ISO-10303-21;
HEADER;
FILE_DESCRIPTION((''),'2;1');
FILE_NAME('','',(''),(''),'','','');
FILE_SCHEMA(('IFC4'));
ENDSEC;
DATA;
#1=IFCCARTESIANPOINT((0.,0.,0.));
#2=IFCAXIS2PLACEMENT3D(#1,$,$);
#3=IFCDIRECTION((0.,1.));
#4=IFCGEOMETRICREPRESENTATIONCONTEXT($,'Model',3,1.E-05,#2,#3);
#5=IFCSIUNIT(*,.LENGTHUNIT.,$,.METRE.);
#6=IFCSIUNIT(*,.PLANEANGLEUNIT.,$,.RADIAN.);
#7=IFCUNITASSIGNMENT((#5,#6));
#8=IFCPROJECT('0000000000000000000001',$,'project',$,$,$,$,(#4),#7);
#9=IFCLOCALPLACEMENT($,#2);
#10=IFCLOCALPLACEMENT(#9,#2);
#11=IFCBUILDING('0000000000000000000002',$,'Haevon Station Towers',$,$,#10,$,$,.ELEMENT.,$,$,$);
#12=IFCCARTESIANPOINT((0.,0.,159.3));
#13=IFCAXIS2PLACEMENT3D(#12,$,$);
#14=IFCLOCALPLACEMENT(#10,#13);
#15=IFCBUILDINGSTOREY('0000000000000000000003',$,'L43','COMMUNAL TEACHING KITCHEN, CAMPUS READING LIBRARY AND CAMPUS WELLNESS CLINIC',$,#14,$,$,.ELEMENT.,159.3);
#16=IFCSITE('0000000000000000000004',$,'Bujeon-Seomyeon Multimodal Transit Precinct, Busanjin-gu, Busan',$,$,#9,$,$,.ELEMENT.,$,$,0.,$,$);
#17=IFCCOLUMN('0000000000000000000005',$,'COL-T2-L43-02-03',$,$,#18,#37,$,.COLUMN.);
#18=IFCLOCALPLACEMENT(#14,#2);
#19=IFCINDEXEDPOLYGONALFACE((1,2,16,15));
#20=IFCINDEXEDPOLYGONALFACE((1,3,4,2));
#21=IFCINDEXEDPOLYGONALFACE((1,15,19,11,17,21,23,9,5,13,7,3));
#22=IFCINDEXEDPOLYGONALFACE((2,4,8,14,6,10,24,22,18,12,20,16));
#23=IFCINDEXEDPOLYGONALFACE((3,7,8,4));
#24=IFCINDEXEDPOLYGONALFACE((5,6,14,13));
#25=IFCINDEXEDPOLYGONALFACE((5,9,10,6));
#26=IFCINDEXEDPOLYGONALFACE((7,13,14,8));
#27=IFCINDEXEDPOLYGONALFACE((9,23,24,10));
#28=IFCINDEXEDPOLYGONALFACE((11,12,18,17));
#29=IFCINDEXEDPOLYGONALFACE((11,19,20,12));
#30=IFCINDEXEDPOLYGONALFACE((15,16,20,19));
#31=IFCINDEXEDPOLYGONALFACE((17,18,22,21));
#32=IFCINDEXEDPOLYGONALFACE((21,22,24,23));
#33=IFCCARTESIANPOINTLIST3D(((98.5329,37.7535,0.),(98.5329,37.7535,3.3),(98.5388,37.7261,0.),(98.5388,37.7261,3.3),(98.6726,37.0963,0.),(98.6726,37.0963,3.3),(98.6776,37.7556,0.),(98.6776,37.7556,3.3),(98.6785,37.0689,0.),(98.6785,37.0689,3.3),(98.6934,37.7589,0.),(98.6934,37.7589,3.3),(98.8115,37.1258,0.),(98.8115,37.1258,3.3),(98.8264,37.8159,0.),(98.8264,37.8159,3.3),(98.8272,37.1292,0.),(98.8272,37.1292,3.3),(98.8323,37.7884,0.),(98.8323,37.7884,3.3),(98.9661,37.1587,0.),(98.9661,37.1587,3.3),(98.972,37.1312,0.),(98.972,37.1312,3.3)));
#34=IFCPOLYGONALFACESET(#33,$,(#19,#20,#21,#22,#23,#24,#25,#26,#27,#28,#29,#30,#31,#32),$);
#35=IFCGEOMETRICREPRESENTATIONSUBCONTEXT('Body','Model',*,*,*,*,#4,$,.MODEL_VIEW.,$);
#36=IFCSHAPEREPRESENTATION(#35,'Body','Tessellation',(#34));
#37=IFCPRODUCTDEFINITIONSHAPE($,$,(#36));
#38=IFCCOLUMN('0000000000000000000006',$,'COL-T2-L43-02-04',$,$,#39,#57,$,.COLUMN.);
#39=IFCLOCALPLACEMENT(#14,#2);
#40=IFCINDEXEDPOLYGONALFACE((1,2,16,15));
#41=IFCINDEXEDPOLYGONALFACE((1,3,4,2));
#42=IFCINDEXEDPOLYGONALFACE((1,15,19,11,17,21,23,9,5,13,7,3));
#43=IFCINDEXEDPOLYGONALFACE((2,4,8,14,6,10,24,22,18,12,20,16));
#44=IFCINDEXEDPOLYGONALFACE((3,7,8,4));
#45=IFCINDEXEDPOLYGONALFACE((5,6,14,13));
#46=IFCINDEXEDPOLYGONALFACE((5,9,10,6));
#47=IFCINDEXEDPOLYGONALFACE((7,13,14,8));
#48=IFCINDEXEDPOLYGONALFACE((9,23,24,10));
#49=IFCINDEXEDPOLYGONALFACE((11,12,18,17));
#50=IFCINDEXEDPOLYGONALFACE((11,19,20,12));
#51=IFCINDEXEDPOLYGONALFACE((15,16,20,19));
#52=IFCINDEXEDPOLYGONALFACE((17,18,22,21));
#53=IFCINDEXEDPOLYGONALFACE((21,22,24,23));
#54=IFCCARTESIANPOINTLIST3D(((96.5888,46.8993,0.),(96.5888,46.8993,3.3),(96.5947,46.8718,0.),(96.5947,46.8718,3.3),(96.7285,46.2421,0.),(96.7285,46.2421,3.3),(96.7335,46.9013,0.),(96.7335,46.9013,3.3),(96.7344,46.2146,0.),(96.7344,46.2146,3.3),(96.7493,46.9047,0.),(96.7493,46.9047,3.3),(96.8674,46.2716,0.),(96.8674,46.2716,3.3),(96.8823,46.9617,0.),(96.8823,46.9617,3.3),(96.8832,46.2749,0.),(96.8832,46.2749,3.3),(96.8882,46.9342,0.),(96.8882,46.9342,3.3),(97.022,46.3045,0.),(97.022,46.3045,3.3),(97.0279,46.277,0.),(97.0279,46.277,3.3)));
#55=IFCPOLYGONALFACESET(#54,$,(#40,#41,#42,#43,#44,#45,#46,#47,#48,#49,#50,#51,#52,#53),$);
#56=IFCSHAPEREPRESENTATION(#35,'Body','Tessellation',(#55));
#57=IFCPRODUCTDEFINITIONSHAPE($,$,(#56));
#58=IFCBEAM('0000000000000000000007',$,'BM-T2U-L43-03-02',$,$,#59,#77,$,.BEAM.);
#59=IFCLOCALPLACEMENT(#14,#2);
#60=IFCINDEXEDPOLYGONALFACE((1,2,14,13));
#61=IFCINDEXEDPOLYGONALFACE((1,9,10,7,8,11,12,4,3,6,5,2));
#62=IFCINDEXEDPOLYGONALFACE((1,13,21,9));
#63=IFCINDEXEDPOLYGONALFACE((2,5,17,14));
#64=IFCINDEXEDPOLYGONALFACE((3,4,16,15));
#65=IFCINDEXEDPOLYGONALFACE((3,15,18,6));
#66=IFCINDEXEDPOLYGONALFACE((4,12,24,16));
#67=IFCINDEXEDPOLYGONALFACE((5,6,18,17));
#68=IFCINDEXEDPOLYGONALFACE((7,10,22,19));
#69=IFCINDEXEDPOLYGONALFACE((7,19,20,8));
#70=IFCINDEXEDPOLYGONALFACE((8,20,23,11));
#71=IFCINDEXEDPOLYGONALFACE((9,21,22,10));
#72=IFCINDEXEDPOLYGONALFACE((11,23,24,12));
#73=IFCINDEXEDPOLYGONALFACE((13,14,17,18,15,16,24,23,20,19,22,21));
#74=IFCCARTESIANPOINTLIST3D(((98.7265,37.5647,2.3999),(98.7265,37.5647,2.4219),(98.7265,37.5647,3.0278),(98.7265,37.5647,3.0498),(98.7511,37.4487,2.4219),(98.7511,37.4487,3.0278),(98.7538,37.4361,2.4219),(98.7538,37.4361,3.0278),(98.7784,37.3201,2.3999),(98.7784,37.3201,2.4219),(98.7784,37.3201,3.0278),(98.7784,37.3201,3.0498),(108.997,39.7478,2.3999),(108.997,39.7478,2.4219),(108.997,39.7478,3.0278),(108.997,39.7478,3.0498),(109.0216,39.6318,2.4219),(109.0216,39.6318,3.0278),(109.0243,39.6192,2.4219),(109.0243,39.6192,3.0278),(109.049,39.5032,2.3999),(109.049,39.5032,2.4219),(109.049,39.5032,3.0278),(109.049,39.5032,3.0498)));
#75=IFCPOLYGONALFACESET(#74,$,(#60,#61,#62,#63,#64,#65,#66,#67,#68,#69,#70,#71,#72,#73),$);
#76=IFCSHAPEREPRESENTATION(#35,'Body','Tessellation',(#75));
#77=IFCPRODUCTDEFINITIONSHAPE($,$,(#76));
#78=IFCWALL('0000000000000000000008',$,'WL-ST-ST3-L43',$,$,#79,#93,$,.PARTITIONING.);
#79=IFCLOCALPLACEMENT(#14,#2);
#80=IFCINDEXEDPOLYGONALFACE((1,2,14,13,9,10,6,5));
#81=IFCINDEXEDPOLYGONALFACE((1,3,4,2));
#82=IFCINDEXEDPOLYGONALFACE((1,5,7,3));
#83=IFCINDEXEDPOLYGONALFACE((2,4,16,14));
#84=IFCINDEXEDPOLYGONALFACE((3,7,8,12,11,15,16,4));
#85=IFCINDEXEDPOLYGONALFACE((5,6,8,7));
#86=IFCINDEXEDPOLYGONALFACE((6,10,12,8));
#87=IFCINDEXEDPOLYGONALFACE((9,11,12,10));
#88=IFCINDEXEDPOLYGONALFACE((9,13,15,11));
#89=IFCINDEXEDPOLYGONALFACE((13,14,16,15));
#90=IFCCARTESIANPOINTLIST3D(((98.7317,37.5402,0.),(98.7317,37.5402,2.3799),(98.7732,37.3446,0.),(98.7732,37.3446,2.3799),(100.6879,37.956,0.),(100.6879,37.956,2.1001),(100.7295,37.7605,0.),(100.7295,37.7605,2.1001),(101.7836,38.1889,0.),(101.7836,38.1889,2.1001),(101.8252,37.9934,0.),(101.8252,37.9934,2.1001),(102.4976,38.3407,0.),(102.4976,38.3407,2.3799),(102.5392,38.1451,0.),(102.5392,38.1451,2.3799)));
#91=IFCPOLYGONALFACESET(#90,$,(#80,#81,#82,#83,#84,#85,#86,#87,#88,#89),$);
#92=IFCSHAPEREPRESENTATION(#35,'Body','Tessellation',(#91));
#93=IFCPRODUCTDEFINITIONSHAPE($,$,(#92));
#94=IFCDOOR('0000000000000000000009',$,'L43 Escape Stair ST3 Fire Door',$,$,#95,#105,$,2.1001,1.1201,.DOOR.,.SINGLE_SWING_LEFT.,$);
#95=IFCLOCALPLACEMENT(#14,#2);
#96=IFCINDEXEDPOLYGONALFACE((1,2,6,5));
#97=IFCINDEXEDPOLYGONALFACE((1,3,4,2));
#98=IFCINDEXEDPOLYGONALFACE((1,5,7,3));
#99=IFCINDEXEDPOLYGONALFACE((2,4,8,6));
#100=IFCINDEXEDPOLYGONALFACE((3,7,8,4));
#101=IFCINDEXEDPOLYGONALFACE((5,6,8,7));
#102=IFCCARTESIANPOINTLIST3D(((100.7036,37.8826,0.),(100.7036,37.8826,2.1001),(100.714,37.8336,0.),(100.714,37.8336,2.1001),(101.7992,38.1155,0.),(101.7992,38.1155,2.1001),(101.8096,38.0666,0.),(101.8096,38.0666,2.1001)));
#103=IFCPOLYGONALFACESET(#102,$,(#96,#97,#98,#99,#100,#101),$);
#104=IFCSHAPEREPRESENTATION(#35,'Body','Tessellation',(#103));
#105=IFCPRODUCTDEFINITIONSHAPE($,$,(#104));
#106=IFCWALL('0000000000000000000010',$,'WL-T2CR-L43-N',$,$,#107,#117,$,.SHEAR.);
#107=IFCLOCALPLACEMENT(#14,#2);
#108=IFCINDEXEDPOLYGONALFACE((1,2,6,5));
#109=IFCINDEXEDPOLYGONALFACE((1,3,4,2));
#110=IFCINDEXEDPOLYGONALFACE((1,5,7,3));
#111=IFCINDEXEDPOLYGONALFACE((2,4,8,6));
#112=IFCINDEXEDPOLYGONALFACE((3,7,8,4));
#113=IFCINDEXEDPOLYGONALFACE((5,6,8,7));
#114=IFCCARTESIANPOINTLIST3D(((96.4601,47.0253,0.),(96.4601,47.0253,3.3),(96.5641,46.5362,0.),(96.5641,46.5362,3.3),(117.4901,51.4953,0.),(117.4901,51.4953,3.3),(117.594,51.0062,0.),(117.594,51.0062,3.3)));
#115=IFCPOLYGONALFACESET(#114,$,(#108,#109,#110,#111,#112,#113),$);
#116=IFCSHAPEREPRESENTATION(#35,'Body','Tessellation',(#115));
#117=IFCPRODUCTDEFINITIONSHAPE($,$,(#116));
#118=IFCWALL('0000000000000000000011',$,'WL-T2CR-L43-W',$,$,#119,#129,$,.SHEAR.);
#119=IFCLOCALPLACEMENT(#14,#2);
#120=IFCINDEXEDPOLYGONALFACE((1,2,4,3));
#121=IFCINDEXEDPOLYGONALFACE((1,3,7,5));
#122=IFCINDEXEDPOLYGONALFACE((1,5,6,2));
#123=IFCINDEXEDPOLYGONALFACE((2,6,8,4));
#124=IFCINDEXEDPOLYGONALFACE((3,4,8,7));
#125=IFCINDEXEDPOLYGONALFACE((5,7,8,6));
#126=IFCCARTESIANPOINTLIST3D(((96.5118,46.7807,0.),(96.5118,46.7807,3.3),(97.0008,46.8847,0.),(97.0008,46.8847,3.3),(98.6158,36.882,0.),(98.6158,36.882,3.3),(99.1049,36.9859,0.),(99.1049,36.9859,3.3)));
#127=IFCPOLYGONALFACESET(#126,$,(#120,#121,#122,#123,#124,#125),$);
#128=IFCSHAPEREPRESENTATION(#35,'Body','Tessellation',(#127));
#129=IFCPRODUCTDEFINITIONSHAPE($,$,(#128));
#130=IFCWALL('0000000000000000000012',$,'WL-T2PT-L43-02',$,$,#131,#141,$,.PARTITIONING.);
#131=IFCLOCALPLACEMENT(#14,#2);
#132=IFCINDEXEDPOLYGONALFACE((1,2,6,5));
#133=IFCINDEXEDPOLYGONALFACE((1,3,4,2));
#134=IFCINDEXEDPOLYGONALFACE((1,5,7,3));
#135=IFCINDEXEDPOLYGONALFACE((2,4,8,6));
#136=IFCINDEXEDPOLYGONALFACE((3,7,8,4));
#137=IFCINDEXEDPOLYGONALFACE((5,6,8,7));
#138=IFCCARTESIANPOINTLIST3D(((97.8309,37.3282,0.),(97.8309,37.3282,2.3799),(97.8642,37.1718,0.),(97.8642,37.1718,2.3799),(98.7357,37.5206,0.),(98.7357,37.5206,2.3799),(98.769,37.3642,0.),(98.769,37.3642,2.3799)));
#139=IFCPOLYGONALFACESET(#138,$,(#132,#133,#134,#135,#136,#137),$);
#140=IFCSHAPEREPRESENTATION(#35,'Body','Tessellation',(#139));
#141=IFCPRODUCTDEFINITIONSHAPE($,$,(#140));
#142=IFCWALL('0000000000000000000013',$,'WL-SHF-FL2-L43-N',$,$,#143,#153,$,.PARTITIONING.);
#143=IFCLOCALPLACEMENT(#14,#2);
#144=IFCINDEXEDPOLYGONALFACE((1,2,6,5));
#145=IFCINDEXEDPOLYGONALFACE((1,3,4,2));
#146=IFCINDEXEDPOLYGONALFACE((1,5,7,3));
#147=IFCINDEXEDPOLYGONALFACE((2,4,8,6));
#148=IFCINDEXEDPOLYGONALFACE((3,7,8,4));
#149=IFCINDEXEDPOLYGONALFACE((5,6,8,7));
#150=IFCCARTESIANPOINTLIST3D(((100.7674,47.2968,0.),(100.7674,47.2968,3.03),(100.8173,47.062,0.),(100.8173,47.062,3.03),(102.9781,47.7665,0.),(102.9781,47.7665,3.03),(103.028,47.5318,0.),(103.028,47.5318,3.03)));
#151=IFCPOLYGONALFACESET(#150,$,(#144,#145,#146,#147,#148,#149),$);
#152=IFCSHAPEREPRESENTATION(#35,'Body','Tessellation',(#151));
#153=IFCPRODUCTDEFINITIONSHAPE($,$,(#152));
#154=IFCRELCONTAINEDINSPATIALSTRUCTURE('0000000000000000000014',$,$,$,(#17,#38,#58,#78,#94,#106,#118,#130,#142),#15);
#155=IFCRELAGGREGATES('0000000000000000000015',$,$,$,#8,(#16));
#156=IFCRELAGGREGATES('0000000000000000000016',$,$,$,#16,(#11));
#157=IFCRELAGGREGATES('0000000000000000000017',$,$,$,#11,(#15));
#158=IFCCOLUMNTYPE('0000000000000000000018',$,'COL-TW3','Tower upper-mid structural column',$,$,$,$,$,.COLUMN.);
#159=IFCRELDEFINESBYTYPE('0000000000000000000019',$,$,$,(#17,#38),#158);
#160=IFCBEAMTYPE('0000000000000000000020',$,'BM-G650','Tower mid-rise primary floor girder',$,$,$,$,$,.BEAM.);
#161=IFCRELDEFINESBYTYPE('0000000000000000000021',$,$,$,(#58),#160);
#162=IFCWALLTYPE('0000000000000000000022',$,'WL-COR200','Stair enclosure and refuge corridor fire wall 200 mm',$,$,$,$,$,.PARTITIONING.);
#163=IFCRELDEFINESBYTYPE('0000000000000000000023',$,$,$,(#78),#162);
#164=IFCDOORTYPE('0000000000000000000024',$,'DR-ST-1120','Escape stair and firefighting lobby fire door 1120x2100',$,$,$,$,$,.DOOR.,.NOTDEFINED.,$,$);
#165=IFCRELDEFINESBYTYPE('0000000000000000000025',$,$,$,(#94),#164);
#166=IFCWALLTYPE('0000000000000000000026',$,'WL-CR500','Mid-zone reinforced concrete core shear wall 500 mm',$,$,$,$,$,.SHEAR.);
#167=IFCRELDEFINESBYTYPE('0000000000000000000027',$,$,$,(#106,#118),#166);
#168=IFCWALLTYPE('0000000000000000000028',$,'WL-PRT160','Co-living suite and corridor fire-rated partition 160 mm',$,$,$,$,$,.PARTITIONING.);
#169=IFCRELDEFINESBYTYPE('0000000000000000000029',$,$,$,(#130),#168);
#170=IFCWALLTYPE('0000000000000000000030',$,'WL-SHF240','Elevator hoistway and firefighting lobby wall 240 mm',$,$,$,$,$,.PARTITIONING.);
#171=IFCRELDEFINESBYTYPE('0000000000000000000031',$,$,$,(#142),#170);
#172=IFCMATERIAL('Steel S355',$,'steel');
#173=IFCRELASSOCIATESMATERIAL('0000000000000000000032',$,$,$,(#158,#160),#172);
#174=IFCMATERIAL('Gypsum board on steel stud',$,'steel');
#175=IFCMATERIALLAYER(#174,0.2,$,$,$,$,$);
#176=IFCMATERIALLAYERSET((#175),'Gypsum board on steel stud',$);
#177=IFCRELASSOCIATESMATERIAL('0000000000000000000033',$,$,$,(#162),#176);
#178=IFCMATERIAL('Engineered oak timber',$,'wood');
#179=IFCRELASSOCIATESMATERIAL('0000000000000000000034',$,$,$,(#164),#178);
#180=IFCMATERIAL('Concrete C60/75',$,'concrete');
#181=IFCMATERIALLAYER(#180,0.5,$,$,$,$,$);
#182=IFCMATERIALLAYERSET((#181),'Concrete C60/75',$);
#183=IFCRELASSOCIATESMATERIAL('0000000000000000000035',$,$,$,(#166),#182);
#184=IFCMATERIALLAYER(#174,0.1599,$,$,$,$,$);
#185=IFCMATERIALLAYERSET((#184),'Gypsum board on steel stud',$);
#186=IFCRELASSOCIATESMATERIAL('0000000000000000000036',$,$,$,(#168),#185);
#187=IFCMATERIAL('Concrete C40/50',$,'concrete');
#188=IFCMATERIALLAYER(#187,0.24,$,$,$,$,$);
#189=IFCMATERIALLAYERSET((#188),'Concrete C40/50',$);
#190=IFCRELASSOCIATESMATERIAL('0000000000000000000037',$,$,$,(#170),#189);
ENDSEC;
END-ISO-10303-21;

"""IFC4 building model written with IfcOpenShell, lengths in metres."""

from ifc_helpers import new_model, si_unit, direction, frame, frame_2d, origin, origin_2d, place, context, subcontext, project, spatial, rectangle, i_section, extrude, material, layer, layer_set, material_profile, profile_set, type_object, element, fill, save


model = new_model("IFC4")

# Units and contexts
model_context = context("Model", 3, precision=1e-05, world=origin(), true_north=direction((0.0, 1.0)))
body_context = subcontext(model_context, "Body", "Model", "MODEL_VIEW")
ifc_project = project(units=[si_unit("LENGTHUNIT", "METRE"), si_unit("PLANEANGLEUNIT", "RADIAN")], contexts=[model_context])

# Site, building, storey
site_placement = place(None, origin())
site = spatial("IfcSite", under=ifc_project, at=site_placement, Name="Bujeon-Seomyeon Multimodal Transit Precinct, Busanjin-gu, Busan", CompositionType="ELEMENT", RefElevation=0.0)
building_placement = place(site_placement, origin())
building = spatial("IfcBuilding", under=site, at=building_placement, Name="Haevon Station Towers", CompositionType="ELEMENT")
storey_placement = place(building_placement, frame((0.0, 0.0, 159.3)))
storey = spatial("IfcBuildingStorey", under=building, at=storey_placement, Name="L43", Description="COMMUNAL TEACHING KITCHEN, CAMPUS READING LIBRARY AND CAMPUS WELLNESS CLINIC", CompositionType="ELEMENT", Elevation=159.3)

# Columns
ifc_material_1 = material(Name="Steel S355", Category="steel")
ifc_material_profile_1 = material_profile(ifc_material_1, i_section(OverallWidth=0.3, OverallDepth=0.7, WebThickness=0.0161, FlangeThickness=0.0281, at=origin_2d()), Name="H-700x300x16x28")
ifc_profile_set_1 = profile_set([ifc_material_profile_1], Name="Steel S355")
column_type = type_object("IfcColumnType", Name="COL-TW3", Description="Tower upper-mid structural column", PredefinedType="COLUMN", material=ifc_profile_set_1)
for number, where, z_axis, x_axis, name in (
    (1, (98.7524, 37.4424, 0.0), (0.0, 0.0, 1.0), (0.978148, 0.207912, 0.0), "COL-T2-L43-02-03"),
    (2, (96.8083, 46.5881, 0.0), (0.0, 0.0, 1.0), (0.978148, 0.207912, 0.0), "COL-T2-L43-02-04"),
):
    element("IfcColumn", number, at=place(storey_placement, frame(where, z_axis=z_axis, x_axis=x_axis)), inside=storey, type_object=column_type, Name=name, PredefinedType="COLUMN", context=body_context, shape_type="SweptSolid", body=[
        extrude(i_section(OverallWidth=0.3, OverallDepth=0.7, WebThickness=0.0161, FlangeThickness=0.0281, at=origin_2d()), origin(), (0.0, 0.0, 1.0), 3.3),
    ])

# Beam
ifc_material_profile_2 = material_profile(ifc_material_1, i_section(OverallWidth=0.25, OverallDepth=0.6499, WebThickness=0.0129, FlangeThickness=0.022, at=origin_2d()), Name="H-650x250x13x22")
ifc_profile_set_2 = profile_set([ifc_material_profile_2], Name="Steel S355")
beam_type = type_object("IfcBeamType", Name="BM-G650", Description="Tower mid-rise primary floor girder", PredefinedType="BEAM", material=ifc_profile_set_2)
beam_placement = place(storey_placement, frame((98.7524, 37.4424, 2.7249), z_axis=(0.978147, 0.207915, 0.0), x_axis=(-0.207915, 0.978147, 0.0)))
element("IfcBeam", 3, at=beam_placement, inside=storey, type_object=beam_type, Name="BM-T2U-L43-03-02", PredefinedType="BEAM", context=body_context, shape_type="SweptSolid", body=[
    extrude(i_section(OverallWidth=0.25, OverallDepth=0.6499, WebThickness=0.0129, FlangeThickness=0.022, at=origin_2d()), origin(), (0.0, 0.0, 1.0), 10.5),
])

# Wall, opening, door
ifc_material_2 = material(Name="Gypsum board on steel stud", Category="steel")
ifc_layer_1 = layer(ifc_material_2, 0.2)
ifc_layer_set_1 = layer_set([ifc_layer_1], Name="Gypsum board on steel stud")
wall_type_1 = type_object("IfcWallType", Name="WL-COR200", Description="Stair enclosure and refuge corridor fire wall 200 mm", PredefinedType="PARTITIONING", material=ifc_layer_set_1)
wall_1_placement = place(storey_placement, frame((98.7524, 37.4424, 0.0), z_axis=(0.0, 0.0, 1.0), x_axis=(0.978144, 0.207931, 0.0)))
wall_1 = element("IfcWall", 4, at=wall_1_placement, inside=storey, type_object=wall_type_1, Name="WL-ST-ST3-L43", PredefinedType="PARTITIONING", context=body_context, shape_type="SweptSolid", body=[
    extrude(rectangle(XDim=3.8501, YDim=0.2, at=frame_2d((1.925, 0.0))), origin(), (0.0, 0.0, 1.0), 2.3799),
])
opening_1_placement = place(wall_1_placement, frame((2.0, 0.0, 0.0)))
opening_1 = element("IfcOpeningElement", 5, at=opening_1_placement, cuts=wall_1, PredefinedType="OPENING", context=body_context, shape_type="SweptSolid", body=[
    extrude(rectangle(XDim=1.1201, YDim=2.1001, at=frame_2d((0.5601, 1.05))), frame((0.0, 0.1099, 0.0), z_axis=(0.0, -1.0, 0.0), x_axis=(1.0, 0.0, 0.0)), (0.0, 0.0, 1.0), 0.22),
])
ifc_material_3 = material(Name="Engineered oak timber", Category="wood")
door_type_1 = type_object("IfcDoorType", Name="DR-ST-1120", Description="Escape stair and firefighting lobby fire door 1120x2100", OperationType="NOTDEFINED", PredefinedType="DOOR", material=ifc_material_3)
door_1_placement = place(opening_1_placement, origin())
door_1 = element("IfcDoor", 6, at=door_1_placement, inside=storey, type_object=door_type_1, Name="L43 Escape Stair ST3 Fire Door", OperationType="SINGLE_SWING_LEFT", OverallHeight=2.1001, OverallWidth=1.1201, PredefinedType="DOOR", context=body_context, shape_type="SweptSolid", body=[
    extrude(rectangle(XDim=1.1201, YDim=2.1001, at=frame_2d((0.5601, 1.05))), frame((0.0, 0.0249, 0.0), z_axis=(0.0, -1.0, 0.0), x_axis=(1.0, 0.0, 0.0)), (0.0, 0.0, 1.0), 0.05),
])
fill(opening_1, door_1)

# Walls
ifc_material_4 = material(Name="Concrete C60/75", Category="concrete")
ifc_layer_2 = layer(ifc_material_4, 0.5)
ifc_layer_set_2 = layer_set([ifc_layer_2], Name="Concrete C60/75")
wall_type_2 = type_object("IfcWallType", Name="WL-CR500", Description="Mid-zone reinforced concrete core shear wall 500 mm", PredefinedType="SHEAR", material=ifc_layer_set_2)
wall_2_placement = place(storey_placement, frame((96.512, 46.7808, 0.0), z_axis=(0.0, 0.0, 1.0), x_axis=(0.978149, 0.207907, 0.0)))
element("IfcWall", 7, at=wall_2_placement, inside=storey, type_object=wall_type_2, Name="WL-T2CR-L43-N", PredefinedType="SHEAR", context=body_context, shape_type="SweptSolid", body=[
    extrude(rectangle(XDim=21.4998, YDim=0.5, at=frame_2d((10.75, 0.0))), origin(), (0.0, 0.0, 1.0), 3.3),
])
wall_3_placement = place(storey_placement, frame((98.8604, 36.9338, 0.0), z_axis=(0.0, 0.0, 1.0), x_axis=(-0.207909, 0.978148, 0.0)))
element("IfcWall", 8, at=wall_3_placement, inside=storey, type_object=wall_type_2, Name="WL-T2CR-L43-W", PredefinedType="SHEAR", context=body_context, shape_type="SweptSolid", body=[
    extrude(rectangle(XDim=10.1199, YDim=0.5, at=frame_2d((5.0601, 0.0))), origin(), (0.0, 0.0, 1.0), 3.3),
])
ifc_layer_3 = layer(ifc_material_2, 0.1599)
ifc_layer_set_3 = layer_set([ifc_layer_3], Name="Gypsum board on steel stud")
wall_type_3 = type_object("IfcWallType", Name="WL-PRT160", Description="Co-living suite and corridor fire-rated partition 160 mm", PredefinedType="PARTITIONING", material=ifc_layer_set_3)
wall_4_placement = place(storey_placement, frame((97.8477, 37.25, 0.0), z_axis=(0.0, 0.0, 1.0), x_axis=(0.978133, 0.207979, 0.0)))
element("IfcWall", 9, at=wall_4_placement, inside=storey, type_object=wall_type_3, Name="WL-T2PT-L43-02", PredefinedType="PARTITIONING", context=body_context, shape_type="SweptSolid", body=[
    extrude(rectangle(XDim=0.925, YDim=0.1599, at=frame_2d((0.4624, 0.0))), origin(), (0.0, 0.0, 1.0), 2.3799),
])

# Shared definitions
ifc_material_5 = material(Name="Concrete C40/50", Category="concrete")
ifc_layer_4 = layer(ifc_material_5, 0.24)
ifc_layer_set_4 = layer_set([ifc_layer_4], Name="Concrete C40/50")
wall_type_4 = type_object("IfcWallType", Name="WL-SHF240", Description="Elevator hoistway and firefighting lobby wall 240 mm", PredefinedType="PARTITIONING", material=ifc_layer_set_4)

# Wall
wall_5_placement = place(storey_placement, frame((100.7925, 47.1794, 0.0), z_axis=(0.0, 0.0, 1.0), x_axis=(0.978163, 0.207839, 0.0)))
element("IfcWall", 10, at=wall_5_placement, inside=storey, type_object=wall_type_4, Name="WL-SHF-FL2-L43-N", PredefinedType="PARTITIONING", context=body_context, shape_type="SweptSolid", body=[
    extrude(rectangle(XDim=2.26, YDim=0.24, at=frame_2d((1.1299, 0.0))), origin(), (0.0, 0.0, 1.0), 3.03),
])

save(model, "model.ifc")
